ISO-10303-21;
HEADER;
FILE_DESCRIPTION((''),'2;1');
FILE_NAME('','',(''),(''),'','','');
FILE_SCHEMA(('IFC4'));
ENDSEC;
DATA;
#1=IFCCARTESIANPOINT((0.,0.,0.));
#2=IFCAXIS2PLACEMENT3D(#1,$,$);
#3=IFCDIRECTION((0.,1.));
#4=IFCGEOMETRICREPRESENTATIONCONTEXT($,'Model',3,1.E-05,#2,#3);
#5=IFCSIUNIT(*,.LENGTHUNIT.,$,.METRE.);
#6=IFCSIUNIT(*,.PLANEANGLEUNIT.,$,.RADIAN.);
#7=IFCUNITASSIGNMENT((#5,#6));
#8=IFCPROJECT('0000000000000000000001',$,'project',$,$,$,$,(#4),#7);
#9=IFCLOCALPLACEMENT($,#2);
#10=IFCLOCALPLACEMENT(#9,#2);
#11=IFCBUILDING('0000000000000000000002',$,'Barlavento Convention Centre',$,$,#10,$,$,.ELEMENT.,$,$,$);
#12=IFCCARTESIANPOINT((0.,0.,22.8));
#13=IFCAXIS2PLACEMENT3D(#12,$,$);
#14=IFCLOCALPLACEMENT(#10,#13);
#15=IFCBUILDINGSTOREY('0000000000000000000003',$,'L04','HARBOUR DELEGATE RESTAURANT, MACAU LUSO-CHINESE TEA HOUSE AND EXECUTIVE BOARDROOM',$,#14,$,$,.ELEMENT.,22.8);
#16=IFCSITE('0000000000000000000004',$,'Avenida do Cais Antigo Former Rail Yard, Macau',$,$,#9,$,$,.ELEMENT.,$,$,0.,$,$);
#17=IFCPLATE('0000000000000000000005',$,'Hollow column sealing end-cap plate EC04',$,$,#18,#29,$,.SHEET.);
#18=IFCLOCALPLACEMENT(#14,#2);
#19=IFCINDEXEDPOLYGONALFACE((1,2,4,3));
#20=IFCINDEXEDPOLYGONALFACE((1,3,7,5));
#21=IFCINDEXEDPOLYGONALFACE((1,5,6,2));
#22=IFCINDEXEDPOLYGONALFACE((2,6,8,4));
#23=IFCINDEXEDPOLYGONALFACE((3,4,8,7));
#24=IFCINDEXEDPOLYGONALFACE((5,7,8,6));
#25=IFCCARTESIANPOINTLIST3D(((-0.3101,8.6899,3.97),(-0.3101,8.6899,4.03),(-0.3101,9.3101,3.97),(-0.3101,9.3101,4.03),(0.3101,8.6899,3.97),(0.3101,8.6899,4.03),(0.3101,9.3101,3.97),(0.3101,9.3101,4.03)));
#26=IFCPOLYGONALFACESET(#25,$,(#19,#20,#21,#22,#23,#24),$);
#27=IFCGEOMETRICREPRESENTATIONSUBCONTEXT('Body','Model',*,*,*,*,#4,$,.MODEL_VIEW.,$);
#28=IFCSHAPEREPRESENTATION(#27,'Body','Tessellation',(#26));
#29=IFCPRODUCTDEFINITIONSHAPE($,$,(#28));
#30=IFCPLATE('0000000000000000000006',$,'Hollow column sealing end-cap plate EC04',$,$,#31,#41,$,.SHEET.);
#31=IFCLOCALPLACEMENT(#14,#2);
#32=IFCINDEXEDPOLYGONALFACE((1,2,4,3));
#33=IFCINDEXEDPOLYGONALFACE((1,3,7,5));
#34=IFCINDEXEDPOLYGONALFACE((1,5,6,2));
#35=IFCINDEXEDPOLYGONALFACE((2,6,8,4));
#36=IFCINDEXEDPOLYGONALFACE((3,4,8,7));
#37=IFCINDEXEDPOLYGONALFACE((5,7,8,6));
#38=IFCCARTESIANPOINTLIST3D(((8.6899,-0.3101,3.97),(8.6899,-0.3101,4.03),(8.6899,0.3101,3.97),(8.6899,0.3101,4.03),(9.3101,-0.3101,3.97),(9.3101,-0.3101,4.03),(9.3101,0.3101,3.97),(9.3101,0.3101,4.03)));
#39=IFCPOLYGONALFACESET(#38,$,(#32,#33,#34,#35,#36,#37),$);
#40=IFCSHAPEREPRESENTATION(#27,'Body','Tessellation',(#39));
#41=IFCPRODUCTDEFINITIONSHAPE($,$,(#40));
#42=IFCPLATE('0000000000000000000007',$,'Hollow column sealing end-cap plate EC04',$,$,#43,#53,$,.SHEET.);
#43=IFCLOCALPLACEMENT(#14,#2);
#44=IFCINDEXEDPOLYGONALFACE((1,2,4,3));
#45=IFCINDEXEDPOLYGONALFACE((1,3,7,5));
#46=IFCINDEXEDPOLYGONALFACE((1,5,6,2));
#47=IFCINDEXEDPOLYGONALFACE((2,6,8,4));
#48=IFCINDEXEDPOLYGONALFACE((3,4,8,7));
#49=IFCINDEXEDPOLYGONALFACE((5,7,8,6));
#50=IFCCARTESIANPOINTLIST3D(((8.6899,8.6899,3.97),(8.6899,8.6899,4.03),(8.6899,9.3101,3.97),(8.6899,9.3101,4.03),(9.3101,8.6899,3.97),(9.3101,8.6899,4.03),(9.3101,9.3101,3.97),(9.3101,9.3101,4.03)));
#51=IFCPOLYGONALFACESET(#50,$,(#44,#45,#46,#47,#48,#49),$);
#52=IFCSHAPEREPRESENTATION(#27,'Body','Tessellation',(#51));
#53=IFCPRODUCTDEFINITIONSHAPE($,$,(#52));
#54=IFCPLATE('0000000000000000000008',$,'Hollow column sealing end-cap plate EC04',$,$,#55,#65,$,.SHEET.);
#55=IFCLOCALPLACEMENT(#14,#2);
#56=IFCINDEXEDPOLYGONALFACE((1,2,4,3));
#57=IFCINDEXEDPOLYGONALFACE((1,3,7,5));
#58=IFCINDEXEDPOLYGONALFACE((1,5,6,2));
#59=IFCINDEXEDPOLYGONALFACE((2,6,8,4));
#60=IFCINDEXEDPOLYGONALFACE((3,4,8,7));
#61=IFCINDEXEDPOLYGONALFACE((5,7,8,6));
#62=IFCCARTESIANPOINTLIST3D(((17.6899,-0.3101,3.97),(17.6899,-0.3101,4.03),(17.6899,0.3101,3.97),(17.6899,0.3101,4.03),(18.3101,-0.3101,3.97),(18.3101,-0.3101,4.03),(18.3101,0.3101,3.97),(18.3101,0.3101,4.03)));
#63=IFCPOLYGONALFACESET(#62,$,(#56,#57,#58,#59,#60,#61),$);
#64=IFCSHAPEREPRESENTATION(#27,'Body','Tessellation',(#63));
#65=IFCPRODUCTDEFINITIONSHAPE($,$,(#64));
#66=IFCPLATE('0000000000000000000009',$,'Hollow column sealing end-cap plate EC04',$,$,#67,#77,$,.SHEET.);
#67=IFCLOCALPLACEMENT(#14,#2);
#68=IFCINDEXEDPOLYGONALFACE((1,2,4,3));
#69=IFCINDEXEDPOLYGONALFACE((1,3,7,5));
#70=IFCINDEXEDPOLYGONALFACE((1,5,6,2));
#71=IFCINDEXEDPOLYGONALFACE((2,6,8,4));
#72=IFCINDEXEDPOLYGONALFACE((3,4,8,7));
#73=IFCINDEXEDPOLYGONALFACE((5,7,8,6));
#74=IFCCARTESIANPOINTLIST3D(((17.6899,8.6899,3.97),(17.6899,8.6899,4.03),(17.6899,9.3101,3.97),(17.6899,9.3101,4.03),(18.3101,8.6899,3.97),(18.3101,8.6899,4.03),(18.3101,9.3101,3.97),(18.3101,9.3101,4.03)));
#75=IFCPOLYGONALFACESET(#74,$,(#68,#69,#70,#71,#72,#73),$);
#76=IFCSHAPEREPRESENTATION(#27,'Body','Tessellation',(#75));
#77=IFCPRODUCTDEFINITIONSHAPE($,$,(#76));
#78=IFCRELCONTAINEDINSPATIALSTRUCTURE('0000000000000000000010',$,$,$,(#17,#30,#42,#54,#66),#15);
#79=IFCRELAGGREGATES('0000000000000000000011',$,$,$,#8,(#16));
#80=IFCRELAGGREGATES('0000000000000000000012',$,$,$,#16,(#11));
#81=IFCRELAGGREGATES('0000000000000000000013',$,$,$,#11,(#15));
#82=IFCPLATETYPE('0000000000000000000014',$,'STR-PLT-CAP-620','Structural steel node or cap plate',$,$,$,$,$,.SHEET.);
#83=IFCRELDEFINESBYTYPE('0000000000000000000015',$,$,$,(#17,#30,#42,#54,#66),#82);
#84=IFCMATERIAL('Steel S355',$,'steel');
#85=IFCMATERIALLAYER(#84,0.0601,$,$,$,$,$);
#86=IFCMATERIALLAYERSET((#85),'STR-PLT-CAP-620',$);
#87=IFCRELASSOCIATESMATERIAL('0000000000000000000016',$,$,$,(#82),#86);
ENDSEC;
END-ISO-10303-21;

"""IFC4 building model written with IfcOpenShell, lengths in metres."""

from ifc_helpers import new_model, si_unit, direction, frame, origin, origin_2d, place, context, subcontext, project, spatial, rectangle, extrude, material, layer, layer_set, type_object, element, save


model = new_model("IFC4")

# Units and contexts
model_context = context("Model", 3, precision=1e-05, world=origin(), true_north=direction((0.0, 1.0)))
body_context = subcontext(model_context, "Body", "Model", "MODEL_VIEW")
ifc_project = project(units=[si_unit("LENGTHUNIT", "METRE"), si_unit("PLANEANGLEUNIT", "RADIAN")], contexts=[model_context])

# Site, building, storey
site_placement = place(None, origin())
site = spatial("IfcSite", under=ifc_project, at=site_placement, Name="Avenida do Cais Antigo Former Rail Yard, Macau", CompositionType="ELEMENT", RefElevation=0.0)
building_placement = place(site_placement, origin())
building = spatial("IfcBuilding", under=site, at=building_placement, Name="Barlavento Convention Centre", CompositionType="ELEMENT")
storey_placement = place(building_placement, frame((0.0, 0.0, 22.8)))
storey = spatial("IfcBuildingStorey", under=building, at=storey_placement, Name="L04", Description="HARBOUR DELEGATE RESTAURANT, MACAU LUSO-CHINESE TEA HOUSE AND EXECUTIVE BOARDROOM", CompositionType="ELEMENT", Elevation=22.8)

# Shared definitions
ifc_material_1 = material(Name="Steel S355", Category="steel")

# Plates
ifc_layer_1 = layer(ifc_material_1, 0.0601)
ifc_layer_set_1 = layer_set([ifc_layer_1], Name="STR-PLT-CAP-620")
plate_type = type_object("IfcPlateType", Name="STR-PLT-CAP-620", Description="Structural steel node or cap plate", PredefinedType="SHEET", material=ifc_layer_set_1)
for number, where, z_axis, x_axis, name in (
    (1, (0.0, 9.0, 3.97), (0.0, 0.0, 1.0), (1.0, 0.0, 0.0), "Hollow column sealing end-cap plate EC04"),
    (2, (9.0, 0.0, 3.97), (0.0, 0.0, 1.0), (1.0, 0.0, 0.0), "Hollow column sealing end-cap plate EC04"),
    (3, (9.0, 9.0, 3.97), (0.0, 0.0, 1.0), (1.0, 0.0, 0.0), "Hollow column sealing end-cap plate EC04"),
    (4, (18.0, 0.0, 3.97), (0.0, 0.0, 1.0), (1.0, 0.0, 0.0), "Hollow column sealing end-cap plate EC04"),
    (5, (18.0, 9.0, 3.97), (0.0, 0.0, 1.0), (1.0, 0.0, 0.0), "Hollow column sealing end-cap plate EC04"),
):
    element("IfcPlate", number, at=place(storey_placement, frame(where, z_axis=z_axis, x_axis=x_axis)), inside=storey, type_object=plate_type, Name=name, PredefinedType="SHEET", context=body_context, shape_type="SweptSolid", body=[
        extrude(rectangle(XDim=0.6201, YDim=0.6201, at=origin_2d()), origin(), (0.0, 0.0, 1.0), 0.0601),
    ])

save(model, "model.ifc")
